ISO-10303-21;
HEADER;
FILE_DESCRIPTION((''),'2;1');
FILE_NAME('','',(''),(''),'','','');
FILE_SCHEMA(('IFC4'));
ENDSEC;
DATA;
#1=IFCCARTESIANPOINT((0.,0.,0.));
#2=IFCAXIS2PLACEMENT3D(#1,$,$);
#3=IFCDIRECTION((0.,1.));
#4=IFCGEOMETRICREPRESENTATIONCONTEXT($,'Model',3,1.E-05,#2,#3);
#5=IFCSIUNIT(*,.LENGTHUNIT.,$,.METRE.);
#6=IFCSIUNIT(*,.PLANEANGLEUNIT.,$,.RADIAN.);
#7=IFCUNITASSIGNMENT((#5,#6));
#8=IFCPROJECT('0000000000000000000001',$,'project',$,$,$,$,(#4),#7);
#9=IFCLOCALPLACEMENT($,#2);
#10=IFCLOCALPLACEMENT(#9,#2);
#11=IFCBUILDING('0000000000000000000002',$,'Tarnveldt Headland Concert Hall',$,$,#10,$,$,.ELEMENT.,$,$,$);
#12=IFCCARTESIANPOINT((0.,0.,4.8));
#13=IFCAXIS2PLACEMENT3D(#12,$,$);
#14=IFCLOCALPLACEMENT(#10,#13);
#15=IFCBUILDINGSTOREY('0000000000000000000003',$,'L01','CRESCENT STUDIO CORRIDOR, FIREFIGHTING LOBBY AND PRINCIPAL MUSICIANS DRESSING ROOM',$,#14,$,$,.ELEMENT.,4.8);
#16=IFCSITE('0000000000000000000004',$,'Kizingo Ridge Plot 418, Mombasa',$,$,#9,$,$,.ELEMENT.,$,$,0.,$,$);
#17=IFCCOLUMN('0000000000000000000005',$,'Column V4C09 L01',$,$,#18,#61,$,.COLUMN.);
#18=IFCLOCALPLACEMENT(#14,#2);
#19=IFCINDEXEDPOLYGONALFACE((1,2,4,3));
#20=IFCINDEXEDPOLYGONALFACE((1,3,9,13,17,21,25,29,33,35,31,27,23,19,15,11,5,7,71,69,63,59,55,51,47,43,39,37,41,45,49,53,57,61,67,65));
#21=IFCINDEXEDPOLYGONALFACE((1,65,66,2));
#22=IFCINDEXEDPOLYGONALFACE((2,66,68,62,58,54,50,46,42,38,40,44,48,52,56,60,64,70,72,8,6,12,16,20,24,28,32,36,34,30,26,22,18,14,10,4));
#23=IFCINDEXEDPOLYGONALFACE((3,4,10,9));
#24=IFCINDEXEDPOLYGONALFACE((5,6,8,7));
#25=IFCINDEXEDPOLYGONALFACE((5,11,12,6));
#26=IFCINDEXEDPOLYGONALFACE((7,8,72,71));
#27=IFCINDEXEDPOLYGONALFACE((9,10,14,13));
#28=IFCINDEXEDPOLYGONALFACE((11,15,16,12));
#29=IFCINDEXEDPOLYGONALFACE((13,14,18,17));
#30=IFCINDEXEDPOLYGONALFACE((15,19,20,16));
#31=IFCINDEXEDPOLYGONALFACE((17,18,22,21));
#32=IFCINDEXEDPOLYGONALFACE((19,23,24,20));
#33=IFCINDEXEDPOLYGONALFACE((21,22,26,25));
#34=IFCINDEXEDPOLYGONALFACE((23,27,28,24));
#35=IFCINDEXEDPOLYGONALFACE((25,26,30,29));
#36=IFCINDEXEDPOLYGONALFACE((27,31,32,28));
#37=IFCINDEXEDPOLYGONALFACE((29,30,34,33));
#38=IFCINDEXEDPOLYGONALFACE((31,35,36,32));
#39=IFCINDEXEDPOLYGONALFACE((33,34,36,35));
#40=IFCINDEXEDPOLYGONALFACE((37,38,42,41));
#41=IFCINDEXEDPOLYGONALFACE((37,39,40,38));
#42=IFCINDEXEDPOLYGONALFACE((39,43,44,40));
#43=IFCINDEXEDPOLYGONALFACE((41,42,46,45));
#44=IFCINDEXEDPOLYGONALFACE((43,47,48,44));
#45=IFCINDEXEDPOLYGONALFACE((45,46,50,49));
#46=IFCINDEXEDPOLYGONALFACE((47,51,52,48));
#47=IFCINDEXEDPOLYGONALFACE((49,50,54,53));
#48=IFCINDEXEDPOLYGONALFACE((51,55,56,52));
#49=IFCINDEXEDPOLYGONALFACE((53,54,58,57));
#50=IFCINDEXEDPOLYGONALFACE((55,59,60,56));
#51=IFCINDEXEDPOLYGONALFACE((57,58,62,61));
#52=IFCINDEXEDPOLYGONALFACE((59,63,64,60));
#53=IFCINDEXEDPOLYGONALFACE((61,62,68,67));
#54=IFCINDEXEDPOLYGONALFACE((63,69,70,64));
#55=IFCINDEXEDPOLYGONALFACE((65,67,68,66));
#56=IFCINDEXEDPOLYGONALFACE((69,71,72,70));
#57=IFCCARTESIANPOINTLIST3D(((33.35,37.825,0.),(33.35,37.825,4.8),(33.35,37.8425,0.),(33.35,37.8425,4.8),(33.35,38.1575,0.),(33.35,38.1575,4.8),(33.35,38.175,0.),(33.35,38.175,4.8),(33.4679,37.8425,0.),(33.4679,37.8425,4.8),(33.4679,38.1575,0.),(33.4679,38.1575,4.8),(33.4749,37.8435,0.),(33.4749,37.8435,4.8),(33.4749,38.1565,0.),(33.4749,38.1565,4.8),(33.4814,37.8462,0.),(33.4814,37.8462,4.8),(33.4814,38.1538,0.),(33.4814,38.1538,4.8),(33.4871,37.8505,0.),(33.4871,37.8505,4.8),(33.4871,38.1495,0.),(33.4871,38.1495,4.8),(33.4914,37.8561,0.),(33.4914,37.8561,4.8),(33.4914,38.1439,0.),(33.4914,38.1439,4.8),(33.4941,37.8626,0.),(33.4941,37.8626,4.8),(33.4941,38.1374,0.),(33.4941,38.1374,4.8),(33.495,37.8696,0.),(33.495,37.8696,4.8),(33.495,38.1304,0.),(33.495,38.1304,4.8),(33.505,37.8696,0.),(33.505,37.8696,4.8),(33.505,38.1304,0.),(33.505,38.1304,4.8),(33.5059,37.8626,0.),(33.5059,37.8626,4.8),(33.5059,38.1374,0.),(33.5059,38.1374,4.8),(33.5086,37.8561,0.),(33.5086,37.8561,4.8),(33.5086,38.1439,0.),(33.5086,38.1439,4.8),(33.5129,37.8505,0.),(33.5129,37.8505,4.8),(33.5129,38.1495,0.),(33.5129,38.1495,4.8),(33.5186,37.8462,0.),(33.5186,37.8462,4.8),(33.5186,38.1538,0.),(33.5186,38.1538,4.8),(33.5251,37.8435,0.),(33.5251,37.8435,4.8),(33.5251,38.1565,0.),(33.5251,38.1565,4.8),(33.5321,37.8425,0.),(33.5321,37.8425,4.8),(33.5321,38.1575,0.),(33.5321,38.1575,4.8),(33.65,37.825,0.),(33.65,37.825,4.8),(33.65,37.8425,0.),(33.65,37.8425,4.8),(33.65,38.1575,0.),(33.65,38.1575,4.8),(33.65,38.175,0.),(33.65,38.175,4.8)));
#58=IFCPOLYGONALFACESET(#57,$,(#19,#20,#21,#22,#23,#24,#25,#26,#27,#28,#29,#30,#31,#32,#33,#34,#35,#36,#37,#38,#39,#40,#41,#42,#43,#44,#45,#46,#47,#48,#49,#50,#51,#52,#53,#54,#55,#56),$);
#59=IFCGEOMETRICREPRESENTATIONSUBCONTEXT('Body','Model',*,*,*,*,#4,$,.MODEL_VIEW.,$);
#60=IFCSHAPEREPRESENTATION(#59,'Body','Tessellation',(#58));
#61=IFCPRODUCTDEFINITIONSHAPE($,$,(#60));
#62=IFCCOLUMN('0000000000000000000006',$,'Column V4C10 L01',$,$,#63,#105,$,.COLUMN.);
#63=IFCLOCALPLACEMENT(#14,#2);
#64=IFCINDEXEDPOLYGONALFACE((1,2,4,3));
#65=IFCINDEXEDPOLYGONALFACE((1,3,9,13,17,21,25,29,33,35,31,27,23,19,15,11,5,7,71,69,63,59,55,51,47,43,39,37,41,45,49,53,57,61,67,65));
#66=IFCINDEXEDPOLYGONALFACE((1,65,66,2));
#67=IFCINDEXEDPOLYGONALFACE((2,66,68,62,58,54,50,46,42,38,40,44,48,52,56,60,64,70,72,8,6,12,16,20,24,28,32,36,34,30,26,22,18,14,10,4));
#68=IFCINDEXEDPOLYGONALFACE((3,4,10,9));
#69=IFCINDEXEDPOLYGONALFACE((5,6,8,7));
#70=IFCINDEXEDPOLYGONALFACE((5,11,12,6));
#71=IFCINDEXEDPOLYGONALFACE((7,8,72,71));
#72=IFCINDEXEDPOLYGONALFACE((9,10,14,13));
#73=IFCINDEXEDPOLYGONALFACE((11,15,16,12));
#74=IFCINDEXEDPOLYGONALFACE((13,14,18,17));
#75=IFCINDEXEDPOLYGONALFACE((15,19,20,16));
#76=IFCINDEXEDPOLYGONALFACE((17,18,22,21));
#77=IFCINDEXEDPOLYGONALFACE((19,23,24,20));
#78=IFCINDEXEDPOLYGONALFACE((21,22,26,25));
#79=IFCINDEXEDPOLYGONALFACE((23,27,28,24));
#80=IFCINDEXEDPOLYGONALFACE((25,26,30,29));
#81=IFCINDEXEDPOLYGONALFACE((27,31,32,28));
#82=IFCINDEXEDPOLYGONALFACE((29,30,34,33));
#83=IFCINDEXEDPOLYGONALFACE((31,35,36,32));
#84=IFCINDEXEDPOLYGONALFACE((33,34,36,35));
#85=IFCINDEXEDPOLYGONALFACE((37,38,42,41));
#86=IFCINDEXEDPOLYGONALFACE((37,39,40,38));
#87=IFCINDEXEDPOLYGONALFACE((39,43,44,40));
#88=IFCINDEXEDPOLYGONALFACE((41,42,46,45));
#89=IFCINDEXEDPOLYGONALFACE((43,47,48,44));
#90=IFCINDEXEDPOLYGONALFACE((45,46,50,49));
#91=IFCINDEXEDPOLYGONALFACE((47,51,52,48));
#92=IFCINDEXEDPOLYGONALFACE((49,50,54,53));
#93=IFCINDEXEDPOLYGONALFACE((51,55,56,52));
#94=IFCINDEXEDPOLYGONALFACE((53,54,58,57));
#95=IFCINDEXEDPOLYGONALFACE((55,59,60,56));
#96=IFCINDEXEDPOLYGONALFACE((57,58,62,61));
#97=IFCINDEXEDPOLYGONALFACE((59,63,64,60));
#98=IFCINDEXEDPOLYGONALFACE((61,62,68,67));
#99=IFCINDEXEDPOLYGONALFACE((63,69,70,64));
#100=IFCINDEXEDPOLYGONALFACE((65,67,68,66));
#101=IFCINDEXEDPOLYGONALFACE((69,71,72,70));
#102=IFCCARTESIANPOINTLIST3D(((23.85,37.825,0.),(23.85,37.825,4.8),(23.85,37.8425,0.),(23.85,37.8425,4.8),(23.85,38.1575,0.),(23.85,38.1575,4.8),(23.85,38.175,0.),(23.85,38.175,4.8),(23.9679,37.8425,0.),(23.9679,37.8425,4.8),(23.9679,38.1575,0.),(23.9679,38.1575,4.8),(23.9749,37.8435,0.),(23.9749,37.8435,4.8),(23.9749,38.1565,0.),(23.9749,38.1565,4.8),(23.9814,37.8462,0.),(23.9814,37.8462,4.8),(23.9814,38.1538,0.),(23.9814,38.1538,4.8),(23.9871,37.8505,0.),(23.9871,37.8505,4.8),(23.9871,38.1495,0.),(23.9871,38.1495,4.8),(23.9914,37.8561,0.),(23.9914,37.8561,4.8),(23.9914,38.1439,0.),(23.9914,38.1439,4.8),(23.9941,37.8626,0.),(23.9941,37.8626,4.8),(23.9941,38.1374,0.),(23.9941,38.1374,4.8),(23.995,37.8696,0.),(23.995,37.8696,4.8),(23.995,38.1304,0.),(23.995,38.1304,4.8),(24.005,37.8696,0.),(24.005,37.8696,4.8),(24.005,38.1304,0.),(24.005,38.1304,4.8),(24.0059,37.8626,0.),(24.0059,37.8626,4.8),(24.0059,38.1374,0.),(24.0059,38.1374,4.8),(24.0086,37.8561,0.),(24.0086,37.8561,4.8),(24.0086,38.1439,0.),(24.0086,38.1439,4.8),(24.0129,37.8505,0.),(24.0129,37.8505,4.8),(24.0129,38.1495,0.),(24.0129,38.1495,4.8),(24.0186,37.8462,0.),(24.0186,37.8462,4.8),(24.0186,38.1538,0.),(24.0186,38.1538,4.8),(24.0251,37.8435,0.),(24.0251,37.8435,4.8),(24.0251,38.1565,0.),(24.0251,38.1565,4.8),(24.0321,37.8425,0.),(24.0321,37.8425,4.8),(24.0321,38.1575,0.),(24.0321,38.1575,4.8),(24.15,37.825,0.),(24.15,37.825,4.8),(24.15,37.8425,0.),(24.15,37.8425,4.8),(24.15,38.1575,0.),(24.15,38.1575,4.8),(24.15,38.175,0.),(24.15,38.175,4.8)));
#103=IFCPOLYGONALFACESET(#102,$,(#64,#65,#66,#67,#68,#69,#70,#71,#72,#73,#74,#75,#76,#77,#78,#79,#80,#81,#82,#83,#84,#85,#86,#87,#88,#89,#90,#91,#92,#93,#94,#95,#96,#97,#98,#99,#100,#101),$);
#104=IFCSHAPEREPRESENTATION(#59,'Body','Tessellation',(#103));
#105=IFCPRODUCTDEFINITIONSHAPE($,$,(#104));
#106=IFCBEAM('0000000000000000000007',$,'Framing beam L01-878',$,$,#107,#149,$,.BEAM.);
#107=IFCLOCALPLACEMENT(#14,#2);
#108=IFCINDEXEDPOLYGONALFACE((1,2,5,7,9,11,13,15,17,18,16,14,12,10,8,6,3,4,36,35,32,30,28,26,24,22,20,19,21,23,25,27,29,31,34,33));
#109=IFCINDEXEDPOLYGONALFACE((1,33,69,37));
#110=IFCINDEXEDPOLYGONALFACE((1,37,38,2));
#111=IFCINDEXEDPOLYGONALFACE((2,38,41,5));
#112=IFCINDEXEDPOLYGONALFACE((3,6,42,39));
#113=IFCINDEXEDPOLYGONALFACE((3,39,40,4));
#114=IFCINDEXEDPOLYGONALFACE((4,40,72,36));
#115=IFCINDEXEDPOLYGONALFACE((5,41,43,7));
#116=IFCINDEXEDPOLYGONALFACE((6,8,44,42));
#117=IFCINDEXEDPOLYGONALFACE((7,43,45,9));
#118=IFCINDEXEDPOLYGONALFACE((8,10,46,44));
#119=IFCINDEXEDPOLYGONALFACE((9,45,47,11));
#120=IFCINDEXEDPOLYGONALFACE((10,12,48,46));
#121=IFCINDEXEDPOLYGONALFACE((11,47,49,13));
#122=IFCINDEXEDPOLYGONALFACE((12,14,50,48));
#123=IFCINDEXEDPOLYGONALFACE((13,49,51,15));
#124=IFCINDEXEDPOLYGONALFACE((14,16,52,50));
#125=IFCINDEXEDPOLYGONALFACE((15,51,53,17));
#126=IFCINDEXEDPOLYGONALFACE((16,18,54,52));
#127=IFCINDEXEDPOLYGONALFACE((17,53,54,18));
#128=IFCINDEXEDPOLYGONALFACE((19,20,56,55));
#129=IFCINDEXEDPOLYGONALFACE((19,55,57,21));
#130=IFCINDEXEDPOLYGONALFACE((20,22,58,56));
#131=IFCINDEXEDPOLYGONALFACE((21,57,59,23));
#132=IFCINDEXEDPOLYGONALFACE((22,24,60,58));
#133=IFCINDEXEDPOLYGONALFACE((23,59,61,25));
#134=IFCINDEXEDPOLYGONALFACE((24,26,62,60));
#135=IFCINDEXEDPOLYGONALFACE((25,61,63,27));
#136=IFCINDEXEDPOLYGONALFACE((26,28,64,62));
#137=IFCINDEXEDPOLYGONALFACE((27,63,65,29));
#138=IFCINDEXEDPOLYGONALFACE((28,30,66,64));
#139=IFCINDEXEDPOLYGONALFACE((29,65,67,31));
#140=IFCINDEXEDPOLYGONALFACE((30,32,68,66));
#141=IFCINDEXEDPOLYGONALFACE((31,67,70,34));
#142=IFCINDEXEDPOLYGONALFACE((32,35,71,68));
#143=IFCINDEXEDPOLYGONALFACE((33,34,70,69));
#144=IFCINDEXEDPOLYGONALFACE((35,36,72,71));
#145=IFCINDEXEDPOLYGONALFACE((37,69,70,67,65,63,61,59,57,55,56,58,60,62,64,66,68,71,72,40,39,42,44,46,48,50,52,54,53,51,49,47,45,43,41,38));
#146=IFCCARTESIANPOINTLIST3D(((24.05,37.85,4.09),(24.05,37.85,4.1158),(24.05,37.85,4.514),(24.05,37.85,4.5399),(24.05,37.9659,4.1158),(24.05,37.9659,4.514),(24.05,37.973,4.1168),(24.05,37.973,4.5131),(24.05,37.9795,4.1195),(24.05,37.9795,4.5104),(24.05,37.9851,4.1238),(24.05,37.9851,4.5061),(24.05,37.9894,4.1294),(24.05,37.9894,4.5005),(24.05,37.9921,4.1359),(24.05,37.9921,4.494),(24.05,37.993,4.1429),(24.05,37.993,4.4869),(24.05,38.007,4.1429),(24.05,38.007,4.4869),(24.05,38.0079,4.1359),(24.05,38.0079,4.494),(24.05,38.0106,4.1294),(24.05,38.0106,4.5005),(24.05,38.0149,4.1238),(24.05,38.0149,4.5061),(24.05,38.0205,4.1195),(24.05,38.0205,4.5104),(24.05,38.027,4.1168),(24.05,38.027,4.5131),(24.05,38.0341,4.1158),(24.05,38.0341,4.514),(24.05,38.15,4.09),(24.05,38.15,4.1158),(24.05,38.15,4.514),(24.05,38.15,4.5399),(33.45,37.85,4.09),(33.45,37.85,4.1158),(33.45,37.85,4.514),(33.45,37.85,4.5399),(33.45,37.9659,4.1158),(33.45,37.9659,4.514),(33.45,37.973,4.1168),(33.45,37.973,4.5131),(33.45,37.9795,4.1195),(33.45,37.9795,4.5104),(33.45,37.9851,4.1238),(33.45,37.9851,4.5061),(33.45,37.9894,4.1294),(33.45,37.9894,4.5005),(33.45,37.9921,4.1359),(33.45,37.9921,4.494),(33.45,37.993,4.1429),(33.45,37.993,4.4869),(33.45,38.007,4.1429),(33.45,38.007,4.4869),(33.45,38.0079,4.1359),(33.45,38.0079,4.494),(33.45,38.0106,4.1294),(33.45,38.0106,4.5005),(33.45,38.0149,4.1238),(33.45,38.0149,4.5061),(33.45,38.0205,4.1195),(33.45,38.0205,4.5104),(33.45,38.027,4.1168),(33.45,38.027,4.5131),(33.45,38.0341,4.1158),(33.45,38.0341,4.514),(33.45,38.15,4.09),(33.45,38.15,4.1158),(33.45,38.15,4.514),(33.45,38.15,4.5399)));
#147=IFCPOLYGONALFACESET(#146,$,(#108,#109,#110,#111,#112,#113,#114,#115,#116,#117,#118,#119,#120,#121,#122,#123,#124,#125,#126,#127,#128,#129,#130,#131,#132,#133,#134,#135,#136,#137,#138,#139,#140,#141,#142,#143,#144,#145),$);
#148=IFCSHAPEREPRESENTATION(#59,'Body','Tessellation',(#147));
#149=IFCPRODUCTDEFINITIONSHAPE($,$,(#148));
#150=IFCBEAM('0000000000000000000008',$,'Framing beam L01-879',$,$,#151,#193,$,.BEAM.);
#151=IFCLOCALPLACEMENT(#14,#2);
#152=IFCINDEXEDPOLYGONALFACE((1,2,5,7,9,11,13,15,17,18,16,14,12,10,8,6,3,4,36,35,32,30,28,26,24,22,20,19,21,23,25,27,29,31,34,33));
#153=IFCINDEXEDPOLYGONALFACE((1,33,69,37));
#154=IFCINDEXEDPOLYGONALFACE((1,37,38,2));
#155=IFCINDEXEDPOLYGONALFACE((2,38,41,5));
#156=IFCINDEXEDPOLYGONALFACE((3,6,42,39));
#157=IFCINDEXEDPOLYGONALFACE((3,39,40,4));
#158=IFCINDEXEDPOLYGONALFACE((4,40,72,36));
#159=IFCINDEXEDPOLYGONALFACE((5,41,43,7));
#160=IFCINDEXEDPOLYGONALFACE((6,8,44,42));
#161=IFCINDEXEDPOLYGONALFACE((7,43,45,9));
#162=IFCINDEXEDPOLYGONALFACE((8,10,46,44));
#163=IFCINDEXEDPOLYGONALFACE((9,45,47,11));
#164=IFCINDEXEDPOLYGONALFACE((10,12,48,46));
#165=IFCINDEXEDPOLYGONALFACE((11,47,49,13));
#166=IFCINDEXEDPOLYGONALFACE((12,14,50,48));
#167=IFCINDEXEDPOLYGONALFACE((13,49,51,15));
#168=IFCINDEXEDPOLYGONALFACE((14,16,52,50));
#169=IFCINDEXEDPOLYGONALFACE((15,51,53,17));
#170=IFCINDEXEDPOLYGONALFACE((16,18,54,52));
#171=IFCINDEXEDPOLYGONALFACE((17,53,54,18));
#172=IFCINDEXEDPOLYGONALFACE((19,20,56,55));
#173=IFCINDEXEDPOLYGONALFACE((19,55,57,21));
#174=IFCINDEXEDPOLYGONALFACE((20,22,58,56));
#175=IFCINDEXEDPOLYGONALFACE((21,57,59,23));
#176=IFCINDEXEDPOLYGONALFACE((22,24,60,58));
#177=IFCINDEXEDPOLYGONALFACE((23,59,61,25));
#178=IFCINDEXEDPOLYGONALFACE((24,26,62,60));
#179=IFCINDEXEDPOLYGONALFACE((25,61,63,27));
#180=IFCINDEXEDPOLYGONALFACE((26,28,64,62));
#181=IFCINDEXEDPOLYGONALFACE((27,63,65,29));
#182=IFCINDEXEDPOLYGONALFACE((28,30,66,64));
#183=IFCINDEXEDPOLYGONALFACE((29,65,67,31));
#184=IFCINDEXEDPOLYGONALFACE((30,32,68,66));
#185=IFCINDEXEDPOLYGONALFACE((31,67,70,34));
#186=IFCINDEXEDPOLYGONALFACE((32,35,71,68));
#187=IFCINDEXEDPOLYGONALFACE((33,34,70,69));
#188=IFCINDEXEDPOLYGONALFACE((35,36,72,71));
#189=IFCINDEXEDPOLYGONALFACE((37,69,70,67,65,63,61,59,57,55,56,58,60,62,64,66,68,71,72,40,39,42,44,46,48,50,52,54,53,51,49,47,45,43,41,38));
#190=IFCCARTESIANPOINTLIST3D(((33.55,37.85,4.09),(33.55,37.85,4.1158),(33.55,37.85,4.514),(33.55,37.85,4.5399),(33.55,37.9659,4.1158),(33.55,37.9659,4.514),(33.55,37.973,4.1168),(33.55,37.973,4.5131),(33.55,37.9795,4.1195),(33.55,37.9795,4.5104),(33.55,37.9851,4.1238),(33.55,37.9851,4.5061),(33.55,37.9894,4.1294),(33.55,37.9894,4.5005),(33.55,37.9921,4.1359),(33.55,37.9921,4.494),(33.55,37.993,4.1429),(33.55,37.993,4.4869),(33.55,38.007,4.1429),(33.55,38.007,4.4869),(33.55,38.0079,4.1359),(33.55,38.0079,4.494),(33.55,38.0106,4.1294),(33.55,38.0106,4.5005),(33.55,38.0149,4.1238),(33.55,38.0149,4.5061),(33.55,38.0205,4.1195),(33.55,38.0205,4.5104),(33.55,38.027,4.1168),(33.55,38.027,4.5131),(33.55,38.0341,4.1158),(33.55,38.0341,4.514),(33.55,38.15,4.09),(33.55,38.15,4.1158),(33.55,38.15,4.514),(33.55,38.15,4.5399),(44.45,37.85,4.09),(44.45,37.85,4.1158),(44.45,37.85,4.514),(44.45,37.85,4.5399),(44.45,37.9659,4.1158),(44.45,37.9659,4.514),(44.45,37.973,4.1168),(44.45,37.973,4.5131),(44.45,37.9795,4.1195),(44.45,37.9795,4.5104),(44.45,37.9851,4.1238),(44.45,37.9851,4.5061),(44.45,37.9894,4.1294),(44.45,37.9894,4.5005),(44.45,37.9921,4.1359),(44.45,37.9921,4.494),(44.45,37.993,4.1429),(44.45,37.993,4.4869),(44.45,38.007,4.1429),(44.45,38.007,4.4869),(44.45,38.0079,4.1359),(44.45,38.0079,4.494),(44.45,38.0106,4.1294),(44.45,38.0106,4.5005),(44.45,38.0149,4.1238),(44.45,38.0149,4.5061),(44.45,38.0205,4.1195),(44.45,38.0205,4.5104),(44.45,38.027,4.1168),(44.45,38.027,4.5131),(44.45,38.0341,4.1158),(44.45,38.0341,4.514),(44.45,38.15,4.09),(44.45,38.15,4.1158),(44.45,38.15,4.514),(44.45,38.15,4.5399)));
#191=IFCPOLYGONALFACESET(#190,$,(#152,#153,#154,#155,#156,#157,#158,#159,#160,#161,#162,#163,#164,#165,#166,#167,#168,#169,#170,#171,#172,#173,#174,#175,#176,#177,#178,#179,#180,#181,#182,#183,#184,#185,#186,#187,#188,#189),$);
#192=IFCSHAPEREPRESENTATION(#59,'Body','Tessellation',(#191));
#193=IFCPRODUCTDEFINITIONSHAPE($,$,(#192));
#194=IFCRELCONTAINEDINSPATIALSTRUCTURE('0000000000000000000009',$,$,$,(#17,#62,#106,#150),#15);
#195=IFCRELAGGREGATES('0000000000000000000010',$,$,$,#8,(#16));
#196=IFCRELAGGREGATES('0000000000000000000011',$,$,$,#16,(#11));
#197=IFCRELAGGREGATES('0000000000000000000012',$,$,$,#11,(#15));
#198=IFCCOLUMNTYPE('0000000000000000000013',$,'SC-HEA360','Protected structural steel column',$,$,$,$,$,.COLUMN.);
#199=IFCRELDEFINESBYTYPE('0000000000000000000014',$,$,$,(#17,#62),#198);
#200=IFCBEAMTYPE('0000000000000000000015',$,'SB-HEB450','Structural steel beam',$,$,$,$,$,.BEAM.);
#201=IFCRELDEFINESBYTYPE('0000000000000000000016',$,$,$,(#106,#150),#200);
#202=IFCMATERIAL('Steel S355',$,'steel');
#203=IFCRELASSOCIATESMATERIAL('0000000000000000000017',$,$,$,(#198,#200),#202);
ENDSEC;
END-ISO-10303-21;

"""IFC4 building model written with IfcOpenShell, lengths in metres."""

from ifc_helpers import new_model, si_unit, direction, frame, origin, origin_2d, place, context, subcontext, project, spatial, i_section, extrude, material, material_profile, profile_set, type_object, element, save


model = new_model("IFC4")

# Units and contexts
model_context = context("Model", 3, precision=1e-05, world=origin(), true_north=direction((0.0, 1.0)))
body_context = subcontext(model_context, "Body", "Model", "MODEL_VIEW")
ifc_project = project(units=[si_unit("LENGTHUNIT", "METRE"), si_unit("PLANEANGLEUNIT", "RADIAN")], contexts=[model_context])

# Site, building, storey
site_placement = place(None, origin())
site = spatial("IfcSite", under=ifc_project, at=site_placement, Name="Kizingo Ridge Plot 418, Mombasa", CompositionType="ELEMENT", RefElevation=0.0)
building_placement = place(site_placement, origin())
building = spatial("IfcBuilding", under=site, at=building_placement, Name="Tarnveldt Headland Concert Hall", CompositionType="ELEMENT")
storey_placement = place(building_placement, frame((0.0, 0.0, 4.8)))
storey = spatial("IfcBuildingStorey", under=building, at=storey_placement, Name="L01", Description="CRESCENT STUDIO CORRIDOR, FIREFIGHTING LOBBY AND PRINCIPAL MUSICIANS DRESSING ROOM", CompositionType="ELEMENT", Elevation=4.8)

# Columns
ifc_material_1 = material(Name="Steel S355", Category="steel")
ifc_material_profile_1 = material_profile(ifc_material_1, i_section(OverallWidth=0.3, OverallDepth=0.3501, WebThickness=0.01, FlangeThickness=0.0176, FilletRadius=0.0271, at=origin_2d()), Name="HEA360", Category="steel")
ifc_profile_set_1 = profile_set([ifc_material_profile_1], Name="Steel S355")
column_type = type_object("IfcColumnType", Name="SC-HEA360", Description="Protected structural steel column", PredefinedType="COLUMN", material=ifc_profile_set_1)
for number, where, z_axis, x_axis, name in (
    (1, (33.5, 38.0, 0.0), (0.0, 0.0, 1.0), (1.0, 0.0, 0.0), "Column V4C09 L01"),
    (2, (24.0, 38.0, 0.0), (0.0, 0.0, 1.0), (1.0, 0.0, 0.0), "Column V4C10 L01"),
):
    element("IfcColumn", number, at=place(storey_placement, frame(where, z_axis=z_axis, x_axis=x_axis)), inside=storey, type_object=column_type, Name=name, PredefinedType="COLUMN", context=body_context, shape_type="SweptSolid", body=[
        extrude(i_section(OverallWidth=0.3, OverallDepth=0.3501, WebThickness=0.01, FlangeThickness=0.0176, FilletRadius=0.0271, at=origin_2d()), origin(), (0.0, 0.0, 1.0), 4.8),
    ])

# Beams
ifc_material_profile_2 = material_profile(ifc_material_1, i_section(OverallWidth=0.3, OverallDepth=0.45, WebThickness=0.0139, FlangeThickness=0.0259, FilletRadius=0.0271, at=origin_2d()), Name="HEB450", Category="steel")
ifc_profile_set_2 = profile_set([ifc_material_profile_2], Name="Steel S355")
beam_type_1 = type_object("IfcBeamType", Name="SB-HEB450", Description="Structural steel beam", PredefinedType="BEAM", material=ifc_profile_set_2)
beam_1_placement = place(storey_placement, frame((24.05, 38.0, 4.3149), z_axis=(1.0, 0.0, 0.0), x_axis=(0.0, 1.0, 0.0)))
element("IfcBeam", 3, at=beam_1_placement, inside=storey, type_object=beam_type_1, Name="Framing beam L01-878", PredefinedType="BEAM", context=body_context, shape_type="SweptSolid", body=[
    extrude(i_section(OverallWidth=0.3, OverallDepth=0.45, WebThickness=0.0139, FlangeThickness=0.0259, FilletRadius=0.0271, at=origin_2d()), origin(), (0.0, 0.0, 1.0), 9.3999),
])
beam_2_placement = place(storey_placement, frame((33.55, 38.0, 4.3149), z_axis=(1.0, 0.0, 0.0), x_axis=(0.0, 1.0, 0.0)))
element("IfcBeam", 4, at=beam_2_placement, inside=storey, type_object=beam_type_1, Name="Framing beam L01-879", PredefinedType="BEAM", context=body_context, shape_type="SweptSolid", body=[
    extrude(i_section(OverallWidth=0.3, OverallDepth=0.45, WebThickness=0.0139, FlangeThickness=0.0259, FilletRadius=0.0271, at=origin_2d()), origin(), (0.0, 0.0, 1.0), 10.8999),
])

save(model, "model.ifc")
